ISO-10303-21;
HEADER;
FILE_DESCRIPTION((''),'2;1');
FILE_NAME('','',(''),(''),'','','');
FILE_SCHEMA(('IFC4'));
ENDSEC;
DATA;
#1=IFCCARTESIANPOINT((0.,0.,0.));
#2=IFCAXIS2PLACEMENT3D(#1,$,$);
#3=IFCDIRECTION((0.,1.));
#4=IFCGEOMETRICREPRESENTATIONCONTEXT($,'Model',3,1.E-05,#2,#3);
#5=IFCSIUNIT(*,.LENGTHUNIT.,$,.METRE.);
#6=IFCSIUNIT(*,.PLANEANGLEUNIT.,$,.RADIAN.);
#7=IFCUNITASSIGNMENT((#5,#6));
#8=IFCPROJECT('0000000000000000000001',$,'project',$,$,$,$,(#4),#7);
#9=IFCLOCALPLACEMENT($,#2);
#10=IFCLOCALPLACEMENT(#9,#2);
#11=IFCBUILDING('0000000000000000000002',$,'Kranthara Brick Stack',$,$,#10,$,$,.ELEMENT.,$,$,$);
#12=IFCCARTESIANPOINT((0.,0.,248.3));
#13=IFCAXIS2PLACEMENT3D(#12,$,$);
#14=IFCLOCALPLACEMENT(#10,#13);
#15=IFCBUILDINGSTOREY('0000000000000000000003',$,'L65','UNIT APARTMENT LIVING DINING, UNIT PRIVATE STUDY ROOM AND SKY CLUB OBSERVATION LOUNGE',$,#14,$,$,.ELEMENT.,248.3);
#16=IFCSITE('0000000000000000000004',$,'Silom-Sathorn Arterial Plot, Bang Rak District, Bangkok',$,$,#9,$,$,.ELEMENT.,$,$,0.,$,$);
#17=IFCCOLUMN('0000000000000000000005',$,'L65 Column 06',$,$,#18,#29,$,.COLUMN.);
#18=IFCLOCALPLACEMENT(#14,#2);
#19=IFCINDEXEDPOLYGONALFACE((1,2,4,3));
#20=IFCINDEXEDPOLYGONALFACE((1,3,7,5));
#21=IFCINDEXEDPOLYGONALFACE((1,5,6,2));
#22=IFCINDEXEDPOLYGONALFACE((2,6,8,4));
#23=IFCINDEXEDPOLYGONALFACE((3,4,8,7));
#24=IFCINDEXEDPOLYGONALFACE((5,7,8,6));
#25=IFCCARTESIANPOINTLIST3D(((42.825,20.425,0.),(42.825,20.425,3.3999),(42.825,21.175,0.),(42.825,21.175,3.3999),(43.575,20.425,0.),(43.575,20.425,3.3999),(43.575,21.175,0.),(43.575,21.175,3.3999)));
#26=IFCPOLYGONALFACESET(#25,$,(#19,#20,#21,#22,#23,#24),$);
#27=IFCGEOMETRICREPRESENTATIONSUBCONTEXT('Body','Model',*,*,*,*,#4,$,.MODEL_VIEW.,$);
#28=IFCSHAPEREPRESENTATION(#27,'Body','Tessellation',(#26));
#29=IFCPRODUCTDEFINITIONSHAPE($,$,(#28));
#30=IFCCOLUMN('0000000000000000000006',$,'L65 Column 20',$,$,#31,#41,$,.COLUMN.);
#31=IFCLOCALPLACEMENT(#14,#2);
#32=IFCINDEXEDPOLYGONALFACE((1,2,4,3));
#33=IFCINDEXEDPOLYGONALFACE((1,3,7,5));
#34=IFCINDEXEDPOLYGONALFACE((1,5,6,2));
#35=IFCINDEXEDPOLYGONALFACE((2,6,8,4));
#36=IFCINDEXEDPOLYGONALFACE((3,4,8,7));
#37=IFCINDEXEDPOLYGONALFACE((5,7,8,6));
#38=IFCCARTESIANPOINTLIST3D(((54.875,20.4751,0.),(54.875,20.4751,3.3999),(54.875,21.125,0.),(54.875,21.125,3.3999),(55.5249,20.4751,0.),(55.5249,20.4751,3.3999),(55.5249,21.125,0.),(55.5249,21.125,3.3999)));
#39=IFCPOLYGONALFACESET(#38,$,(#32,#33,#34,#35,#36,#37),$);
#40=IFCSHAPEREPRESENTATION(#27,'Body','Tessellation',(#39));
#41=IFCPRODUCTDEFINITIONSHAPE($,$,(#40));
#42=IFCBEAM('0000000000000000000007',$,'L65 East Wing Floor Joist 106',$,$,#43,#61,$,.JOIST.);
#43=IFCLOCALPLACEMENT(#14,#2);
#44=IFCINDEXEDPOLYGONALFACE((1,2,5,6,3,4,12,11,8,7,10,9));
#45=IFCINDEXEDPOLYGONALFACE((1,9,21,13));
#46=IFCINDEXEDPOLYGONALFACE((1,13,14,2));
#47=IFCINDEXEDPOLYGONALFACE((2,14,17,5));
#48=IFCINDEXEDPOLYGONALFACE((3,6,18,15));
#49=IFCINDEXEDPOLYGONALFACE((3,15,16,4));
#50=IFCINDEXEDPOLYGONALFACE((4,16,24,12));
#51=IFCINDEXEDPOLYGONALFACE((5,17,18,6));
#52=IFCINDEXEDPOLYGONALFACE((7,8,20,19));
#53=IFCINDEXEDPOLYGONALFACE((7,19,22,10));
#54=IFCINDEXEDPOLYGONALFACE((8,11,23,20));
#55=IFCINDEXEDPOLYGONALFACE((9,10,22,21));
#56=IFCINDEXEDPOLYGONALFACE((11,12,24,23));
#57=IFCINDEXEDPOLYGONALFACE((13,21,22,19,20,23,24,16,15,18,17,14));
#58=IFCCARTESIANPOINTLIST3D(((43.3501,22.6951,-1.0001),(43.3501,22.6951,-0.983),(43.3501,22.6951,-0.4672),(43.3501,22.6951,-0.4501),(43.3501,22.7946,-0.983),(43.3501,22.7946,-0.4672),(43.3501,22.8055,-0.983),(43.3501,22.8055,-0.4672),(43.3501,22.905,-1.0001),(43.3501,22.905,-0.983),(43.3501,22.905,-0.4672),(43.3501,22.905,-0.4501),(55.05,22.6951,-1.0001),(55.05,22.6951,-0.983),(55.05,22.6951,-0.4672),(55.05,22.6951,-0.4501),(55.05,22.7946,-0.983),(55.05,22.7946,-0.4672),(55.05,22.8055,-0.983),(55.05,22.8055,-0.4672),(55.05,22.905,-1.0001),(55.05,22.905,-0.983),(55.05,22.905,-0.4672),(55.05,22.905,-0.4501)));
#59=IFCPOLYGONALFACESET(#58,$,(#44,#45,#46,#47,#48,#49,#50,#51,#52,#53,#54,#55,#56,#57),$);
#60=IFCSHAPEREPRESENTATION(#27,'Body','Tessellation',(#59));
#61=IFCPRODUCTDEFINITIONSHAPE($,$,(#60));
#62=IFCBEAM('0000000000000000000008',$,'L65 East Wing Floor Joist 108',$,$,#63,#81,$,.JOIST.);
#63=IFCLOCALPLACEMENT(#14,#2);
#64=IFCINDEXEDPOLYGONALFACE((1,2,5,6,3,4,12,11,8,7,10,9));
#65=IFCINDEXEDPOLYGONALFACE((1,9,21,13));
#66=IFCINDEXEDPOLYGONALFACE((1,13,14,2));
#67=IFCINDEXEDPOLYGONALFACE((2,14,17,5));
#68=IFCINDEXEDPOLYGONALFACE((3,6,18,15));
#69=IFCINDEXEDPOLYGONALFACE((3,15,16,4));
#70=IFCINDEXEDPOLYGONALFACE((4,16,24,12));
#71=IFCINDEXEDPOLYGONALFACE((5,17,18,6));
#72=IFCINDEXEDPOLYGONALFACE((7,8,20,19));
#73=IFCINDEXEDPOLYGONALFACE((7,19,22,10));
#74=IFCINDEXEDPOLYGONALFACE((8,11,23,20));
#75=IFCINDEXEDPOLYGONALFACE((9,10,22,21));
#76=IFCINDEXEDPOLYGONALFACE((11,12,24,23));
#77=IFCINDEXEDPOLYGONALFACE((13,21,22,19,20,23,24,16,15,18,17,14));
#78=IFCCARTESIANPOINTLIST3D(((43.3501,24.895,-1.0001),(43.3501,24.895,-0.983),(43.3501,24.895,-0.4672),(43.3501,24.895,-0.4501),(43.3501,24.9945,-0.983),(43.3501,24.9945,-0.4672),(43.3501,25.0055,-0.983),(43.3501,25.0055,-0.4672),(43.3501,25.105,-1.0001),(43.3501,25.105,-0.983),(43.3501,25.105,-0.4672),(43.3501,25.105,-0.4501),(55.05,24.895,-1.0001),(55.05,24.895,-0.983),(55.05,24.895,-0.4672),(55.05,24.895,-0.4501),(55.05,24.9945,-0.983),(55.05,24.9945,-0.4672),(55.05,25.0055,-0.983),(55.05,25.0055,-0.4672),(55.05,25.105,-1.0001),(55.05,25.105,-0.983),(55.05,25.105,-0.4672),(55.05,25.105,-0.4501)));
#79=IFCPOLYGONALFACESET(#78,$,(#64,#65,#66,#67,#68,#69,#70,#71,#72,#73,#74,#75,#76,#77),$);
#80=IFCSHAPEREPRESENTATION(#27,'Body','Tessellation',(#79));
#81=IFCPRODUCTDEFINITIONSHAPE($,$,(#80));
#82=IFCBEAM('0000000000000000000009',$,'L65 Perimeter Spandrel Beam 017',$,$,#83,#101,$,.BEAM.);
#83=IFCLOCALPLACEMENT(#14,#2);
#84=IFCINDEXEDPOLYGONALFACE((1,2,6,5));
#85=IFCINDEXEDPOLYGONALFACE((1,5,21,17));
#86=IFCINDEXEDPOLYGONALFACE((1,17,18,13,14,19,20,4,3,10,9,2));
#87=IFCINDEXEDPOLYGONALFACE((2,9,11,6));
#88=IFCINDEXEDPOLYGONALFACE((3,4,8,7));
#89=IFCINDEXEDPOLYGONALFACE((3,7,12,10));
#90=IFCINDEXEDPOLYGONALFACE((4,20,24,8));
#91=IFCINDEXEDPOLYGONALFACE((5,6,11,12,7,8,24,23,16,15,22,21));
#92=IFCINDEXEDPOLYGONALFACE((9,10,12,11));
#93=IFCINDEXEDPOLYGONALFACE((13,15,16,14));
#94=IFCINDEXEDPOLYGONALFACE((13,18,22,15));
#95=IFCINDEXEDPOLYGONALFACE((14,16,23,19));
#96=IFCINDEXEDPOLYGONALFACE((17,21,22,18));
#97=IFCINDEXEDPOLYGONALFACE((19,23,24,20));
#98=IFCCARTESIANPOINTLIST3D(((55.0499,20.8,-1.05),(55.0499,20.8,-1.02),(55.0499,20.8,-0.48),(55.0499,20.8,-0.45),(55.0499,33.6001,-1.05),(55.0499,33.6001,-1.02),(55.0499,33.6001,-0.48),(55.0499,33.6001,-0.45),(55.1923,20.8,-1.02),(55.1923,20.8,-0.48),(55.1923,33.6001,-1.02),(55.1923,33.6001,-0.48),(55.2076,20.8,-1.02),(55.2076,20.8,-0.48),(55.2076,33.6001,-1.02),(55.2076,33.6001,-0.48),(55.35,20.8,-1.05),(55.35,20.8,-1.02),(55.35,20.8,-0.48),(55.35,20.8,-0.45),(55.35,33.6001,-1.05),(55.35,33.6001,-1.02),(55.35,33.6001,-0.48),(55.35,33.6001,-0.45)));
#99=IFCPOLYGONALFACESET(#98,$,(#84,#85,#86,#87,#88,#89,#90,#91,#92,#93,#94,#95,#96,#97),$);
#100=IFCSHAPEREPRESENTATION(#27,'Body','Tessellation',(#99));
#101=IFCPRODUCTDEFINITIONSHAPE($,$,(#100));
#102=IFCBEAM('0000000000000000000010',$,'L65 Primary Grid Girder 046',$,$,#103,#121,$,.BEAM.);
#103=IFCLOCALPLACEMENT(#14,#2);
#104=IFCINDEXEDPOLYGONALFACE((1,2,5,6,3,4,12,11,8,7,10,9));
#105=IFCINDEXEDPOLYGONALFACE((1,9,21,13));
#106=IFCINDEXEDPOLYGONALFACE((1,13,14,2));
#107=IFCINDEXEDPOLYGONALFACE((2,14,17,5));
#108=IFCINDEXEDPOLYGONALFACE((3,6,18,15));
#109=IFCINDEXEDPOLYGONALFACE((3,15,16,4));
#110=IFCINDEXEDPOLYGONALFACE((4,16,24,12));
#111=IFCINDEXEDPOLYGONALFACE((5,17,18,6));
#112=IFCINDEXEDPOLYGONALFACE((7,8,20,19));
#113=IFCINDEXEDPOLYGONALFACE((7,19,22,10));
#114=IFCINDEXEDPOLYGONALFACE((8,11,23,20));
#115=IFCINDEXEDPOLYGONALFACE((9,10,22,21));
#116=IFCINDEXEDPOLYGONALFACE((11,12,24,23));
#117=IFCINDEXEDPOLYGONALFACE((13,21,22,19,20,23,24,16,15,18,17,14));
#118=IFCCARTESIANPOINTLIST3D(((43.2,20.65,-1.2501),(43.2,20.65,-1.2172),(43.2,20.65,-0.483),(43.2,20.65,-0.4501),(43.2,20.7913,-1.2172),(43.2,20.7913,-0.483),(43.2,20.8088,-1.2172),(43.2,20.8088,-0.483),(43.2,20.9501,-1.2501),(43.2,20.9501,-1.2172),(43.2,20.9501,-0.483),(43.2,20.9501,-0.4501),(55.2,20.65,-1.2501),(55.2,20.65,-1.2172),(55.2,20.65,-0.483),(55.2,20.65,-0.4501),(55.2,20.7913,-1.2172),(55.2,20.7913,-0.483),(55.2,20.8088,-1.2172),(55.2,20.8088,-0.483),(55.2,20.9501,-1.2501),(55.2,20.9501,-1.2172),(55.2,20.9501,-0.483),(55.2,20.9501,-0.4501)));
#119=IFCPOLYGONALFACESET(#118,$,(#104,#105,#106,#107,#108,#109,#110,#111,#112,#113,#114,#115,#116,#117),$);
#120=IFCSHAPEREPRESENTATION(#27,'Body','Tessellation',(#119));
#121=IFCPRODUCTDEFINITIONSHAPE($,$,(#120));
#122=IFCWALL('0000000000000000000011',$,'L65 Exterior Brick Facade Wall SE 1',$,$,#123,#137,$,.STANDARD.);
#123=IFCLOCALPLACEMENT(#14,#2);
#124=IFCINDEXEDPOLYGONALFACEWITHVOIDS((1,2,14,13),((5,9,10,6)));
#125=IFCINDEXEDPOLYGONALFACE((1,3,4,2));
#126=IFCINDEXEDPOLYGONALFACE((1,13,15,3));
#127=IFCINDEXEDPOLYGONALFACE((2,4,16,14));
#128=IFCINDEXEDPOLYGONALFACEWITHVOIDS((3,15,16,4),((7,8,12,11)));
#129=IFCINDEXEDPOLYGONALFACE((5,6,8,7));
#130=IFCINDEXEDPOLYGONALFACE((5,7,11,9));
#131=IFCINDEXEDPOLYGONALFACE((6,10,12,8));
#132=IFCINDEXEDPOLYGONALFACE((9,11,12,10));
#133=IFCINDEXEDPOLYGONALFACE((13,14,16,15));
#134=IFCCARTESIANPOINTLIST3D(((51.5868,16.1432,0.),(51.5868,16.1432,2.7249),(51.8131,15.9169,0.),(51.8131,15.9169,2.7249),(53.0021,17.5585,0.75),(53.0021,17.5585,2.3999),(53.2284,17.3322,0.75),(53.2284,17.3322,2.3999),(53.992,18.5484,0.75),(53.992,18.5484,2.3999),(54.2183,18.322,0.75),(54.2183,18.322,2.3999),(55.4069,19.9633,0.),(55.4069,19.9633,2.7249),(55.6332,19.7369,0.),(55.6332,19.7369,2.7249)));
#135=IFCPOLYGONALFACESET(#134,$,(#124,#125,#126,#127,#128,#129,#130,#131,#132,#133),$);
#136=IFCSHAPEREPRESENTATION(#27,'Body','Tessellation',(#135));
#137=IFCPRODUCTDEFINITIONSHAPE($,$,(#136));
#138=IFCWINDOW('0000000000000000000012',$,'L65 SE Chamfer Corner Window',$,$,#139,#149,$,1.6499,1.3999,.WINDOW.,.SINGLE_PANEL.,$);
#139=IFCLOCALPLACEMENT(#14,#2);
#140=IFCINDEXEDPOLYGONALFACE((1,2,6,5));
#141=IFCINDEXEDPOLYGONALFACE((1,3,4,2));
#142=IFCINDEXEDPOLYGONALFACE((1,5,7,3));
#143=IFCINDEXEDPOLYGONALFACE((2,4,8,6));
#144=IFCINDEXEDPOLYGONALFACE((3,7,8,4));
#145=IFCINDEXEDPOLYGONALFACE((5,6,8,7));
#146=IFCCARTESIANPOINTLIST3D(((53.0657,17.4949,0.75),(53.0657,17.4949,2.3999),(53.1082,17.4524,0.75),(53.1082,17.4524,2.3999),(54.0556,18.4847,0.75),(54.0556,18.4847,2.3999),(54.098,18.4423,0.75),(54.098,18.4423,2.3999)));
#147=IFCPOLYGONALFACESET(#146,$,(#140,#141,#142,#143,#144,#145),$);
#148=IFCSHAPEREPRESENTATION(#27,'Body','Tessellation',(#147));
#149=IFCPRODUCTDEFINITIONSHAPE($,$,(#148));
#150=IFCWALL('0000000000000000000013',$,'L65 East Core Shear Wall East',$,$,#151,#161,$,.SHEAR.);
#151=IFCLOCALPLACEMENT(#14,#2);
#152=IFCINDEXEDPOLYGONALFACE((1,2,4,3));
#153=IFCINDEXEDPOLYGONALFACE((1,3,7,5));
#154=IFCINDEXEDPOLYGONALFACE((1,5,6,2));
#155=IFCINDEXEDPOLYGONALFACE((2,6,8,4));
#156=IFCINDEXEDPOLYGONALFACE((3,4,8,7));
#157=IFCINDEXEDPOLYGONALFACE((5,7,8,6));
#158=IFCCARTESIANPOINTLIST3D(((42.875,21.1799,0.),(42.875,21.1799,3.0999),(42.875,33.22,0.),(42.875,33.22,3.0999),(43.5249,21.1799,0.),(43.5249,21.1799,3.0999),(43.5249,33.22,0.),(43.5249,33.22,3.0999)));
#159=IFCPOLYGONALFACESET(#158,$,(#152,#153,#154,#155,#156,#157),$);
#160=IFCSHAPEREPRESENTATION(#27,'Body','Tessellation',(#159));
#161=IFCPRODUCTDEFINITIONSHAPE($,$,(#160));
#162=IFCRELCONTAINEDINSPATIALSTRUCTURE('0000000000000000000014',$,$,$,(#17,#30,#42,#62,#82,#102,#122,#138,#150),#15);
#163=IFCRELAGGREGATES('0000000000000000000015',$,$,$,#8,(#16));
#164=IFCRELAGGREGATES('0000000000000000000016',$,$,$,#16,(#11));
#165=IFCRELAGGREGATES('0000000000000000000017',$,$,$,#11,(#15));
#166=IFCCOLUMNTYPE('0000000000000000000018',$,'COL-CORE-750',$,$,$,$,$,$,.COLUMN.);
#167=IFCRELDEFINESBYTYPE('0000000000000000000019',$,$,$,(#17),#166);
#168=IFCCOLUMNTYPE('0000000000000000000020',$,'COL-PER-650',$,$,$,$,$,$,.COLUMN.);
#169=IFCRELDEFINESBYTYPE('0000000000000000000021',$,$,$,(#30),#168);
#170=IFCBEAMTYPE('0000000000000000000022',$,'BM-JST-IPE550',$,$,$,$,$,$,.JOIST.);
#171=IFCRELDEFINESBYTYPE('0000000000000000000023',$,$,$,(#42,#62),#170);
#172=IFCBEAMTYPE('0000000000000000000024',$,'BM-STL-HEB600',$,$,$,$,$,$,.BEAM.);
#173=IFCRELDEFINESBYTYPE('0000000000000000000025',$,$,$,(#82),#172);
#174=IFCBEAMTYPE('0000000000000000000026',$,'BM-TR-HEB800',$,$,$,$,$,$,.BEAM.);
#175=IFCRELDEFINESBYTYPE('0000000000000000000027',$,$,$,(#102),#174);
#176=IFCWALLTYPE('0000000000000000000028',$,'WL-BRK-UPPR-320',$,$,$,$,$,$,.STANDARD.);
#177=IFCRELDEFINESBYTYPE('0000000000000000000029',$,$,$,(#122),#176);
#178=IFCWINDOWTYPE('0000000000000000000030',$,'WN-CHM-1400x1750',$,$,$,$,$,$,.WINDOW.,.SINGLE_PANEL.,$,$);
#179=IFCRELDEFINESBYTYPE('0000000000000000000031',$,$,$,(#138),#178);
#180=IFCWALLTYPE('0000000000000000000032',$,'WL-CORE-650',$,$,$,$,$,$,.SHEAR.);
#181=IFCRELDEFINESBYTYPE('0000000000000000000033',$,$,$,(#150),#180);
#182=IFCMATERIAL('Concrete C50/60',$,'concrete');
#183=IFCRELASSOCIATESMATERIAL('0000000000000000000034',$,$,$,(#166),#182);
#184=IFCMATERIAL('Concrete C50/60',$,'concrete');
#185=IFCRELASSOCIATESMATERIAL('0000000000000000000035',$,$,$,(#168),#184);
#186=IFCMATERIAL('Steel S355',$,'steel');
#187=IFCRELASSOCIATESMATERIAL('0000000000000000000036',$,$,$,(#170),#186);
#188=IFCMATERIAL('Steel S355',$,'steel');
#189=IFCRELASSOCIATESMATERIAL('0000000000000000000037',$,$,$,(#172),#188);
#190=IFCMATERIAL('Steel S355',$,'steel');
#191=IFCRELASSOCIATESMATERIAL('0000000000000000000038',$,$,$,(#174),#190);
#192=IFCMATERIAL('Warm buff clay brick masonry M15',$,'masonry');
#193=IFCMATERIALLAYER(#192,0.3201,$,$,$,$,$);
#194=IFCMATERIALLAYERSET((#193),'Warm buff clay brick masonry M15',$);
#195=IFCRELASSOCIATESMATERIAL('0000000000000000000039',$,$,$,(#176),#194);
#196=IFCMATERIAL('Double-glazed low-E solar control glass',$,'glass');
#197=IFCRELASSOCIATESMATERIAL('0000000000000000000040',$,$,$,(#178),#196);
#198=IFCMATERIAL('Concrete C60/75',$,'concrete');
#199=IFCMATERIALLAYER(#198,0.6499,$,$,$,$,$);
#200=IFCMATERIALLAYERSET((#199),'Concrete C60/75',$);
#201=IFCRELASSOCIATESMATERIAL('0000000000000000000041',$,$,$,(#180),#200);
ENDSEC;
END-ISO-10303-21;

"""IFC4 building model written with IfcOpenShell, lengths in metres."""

from ifc_helpers import new_model, si_unit, direction, frame, frame_2d, origin, origin_2d, place, context, subcontext, project, spatial, rectangle, i_section, extrude, material, layer, layer_set, material_profile, profile_set, type_object, element, fill, save


model = new_model("IFC4")

# Units and contexts
model_context = context("Model", 3, precision=1e-05, world=origin(), true_north=direction((0.0, 1.0)))
body_context = subcontext(model_context, "Body", "Model", "MODEL_VIEW")
ifc_project = project(units=[si_unit("LENGTHUNIT", "METRE"), si_unit("PLANEANGLEUNIT", "RADIAN")], contexts=[model_context])

# Site, building, storey
site_placement = place(None, origin())
site = spatial("IfcSite", under=ifc_project, at=site_placement, Name="Silom-Sathorn Arterial Plot, Bang Rak District, Bangkok", CompositionType="ELEMENT", RefElevation=0.0)
building_placement = place(site_placement, origin())
building = spatial("IfcBuilding", under=site, at=building_placement, Name="Kranthara Brick Stack", CompositionType="ELEMENT")
storey_placement = place(building_placement, frame((0.0, 0.0, 248.3)))
storey = spatial("IfcBuildingStorey", under=building, at=storey_placement, Name="L65", Description="UNIT APARTMENT LIVING DINING, UNIT PRIVATE STUDY ROOM AND SKY CLUB OBSERVATION LOUNGE", CompositionType="ELEMENT", Elevation=248.3)

# Columns
ifc_material_1 = material(Name="Concrete C50/60", Category="concrete")
ifc_material_profile_1 = material_profile(ifc_material_1, rectangle(XDim=0.75, YDim=0.75, at=origin_2d()), Name="RC 750x750")
ifc_profile_set_1 = profile_set([ifc_material_profile_1], Name="Concrete C50/60")
column_type_1 = type_object("IfcColumnType", Name="COL-CORE-750", PredefinedType="COLUMN", material=ifc_profile_set_1)
column_1_placement = place(storey_placement, frame((43.2, 20.8, 0.0), z_axis=(0.0, 0.0, 1.0), x_axis=(1.0, 0.0, 0.0)))
element("IfcColumn", 1, at=column_1_placement, inside=storey, type_object=column_type_1, Name="L65 Column 06", PredefinedType="COLUMN", context=body_context, shape_type="SweptSolid", body=[
    extrude(rectangle(XDim=0.75, YDim=0.75, at=origin_2d()), origin(), (0.0, 0.0, 1.0), 3.3999),
])
ifc_material_2 = material(Name="Concrete C50/60", Category="concrete")
ifc_material_profile_2 = material_profile(ifc_material_2, rectangle(XDim=0.6499, YDim=0.6499, at=origin_2d()), Name="RC 650x650")
ifc_profile_set_2 = profile_set([ifc_material_profile_2], Name="Concrete C50/60")
column_type_2 = type_object("IfcColumnType", Name="COL-PER-650", PredefinedType="COLUMN", material=ifc_profile_set_2)
column_2_placement = place(storey_placement, frame((55.2, 20.8, 0.0), z_axis=(0.0, 0.0, 1.0), x_axis=(1.0, 0.0, 0.0)))
element("IfcColumn", 2, at=column_2_placement, inside=storey, type_object=column_type_2, Name="L65 Column 20", PredefinedType="COLUMN", context=body_context, shape_type="SweptSolid", body=[
    extrude(rectangle(XDim=0.6499, YDim=0.6499, at=origin_2d()), origin(), (0.0, 0.0, 1.0), 3.3999),
])

# Beams
ifc_material_3 = material(Name="Steel S355", Category="steel")
ifc_material_profile_3 = material_profile(ifc_material_3, i_section(OverallWidth=0.21, OverallDepth=0.55, WebThickness=0.011, FlangeThickness=0.0171, at=origin_2d()), Name="IPE 550")
ifc_profile_set_3 = profile_set([ifc_material_profile_3], Name="Steel S355")
beam_type_1 = type_object("IfcBeamType", Name="BM-JST-IPE550", PredefinedType="JOIST", material=ifc_profile_set_3)
for number, where, z_axis, x_axis, name in (
    (3, (43.3501, 22.8, -0.7251), (1.0, 0.0, 0.0), (0.0, 1.0, 0.0), "L65 East Wing Floor Joist 106"),
    (4, (43.3501, 25.0, -0.7251), (1.0, 0.0, 0.0), (0.0, 1.0, 0.0), "L65 East Wing Floor Joist 108"),
):
    element("IfcBeam", number, at=place(storey_placement, frame(where, z_axis=z_axis, x_axis=x_axis)), inside=storey, type_object=beam_type_1, Name=name, PredefinedType="JOIST", context=body_context, shape_type="SweptSolid", body=[
        extrude(i_section(OverallWidth=0.21, OverallDepth=0.55, WebThickness=0.011, FlangeThickness=0.0171, at=origin_2d()), origin(), (0.0, 0.0, 1.0), 11.7),
    ])
ifc_material_4 = material(Name="Steel S355", Category="steel")
ifc_material_profile_4 = material_profile(ifc_material_4, i_section(OverallWidth=0.3, OverallDepth=0.6001, WebThickness=0.0154, FlangeThickness=0.03, at=origin_2d()), Name="HEB 600")
ifc_profile_set_4 = profile_set([ifc_material_profile_4], Name="Steel S355")
beam_type_2 = type_object("IfcBeamType", Name="BM-STL-HEB600", PredefinedType="BEAM", material=ifc_profile_set_4)
beam_1_placement = place(storey_placement, frame((55.2, 20.8, -0.75), z_axis=(0.0, 1.0, 0.0), x_axis=(-1.0, 0.0, 0.0)))
element("IfcBeam", 5, at=beam_1_placement, inside=storey, type_object=beam_type_2, Name="L65 Perimeter Spandrel Beam 017", PredefinedType="BEAM", context=body_context, shape_type="SweptSolid", body=[
    extrude(i_section(OverallWidth=0.3, OverallDepth=0.6001, WebThickness=0.0154, FlangeThickness=0.03, at=origin_2d()), origin(), (0.0, 0.0, 1.0), 12.8),
])
ifc_material_5 = material(Name="Steel S355", Category="steel")
ifc_material_profile_5 = material_profile(ifc_material_5, i_section(OverallWidth=0.3, OverallDepth=0.8, WebThickness=0.0176, FlangeThickness=0.033, at=origin_2d()), Name="HEB 800")
ifc_profile_set_5 = profile_set([ifc_material_profile_5], Name="Steel S355")
beam_type_3 = type_object("IfcBeamType", Name="BM-TR-HEB800", PredefinedType="BEAM", material=ifc_profile_set_5)
beam_2_placement = place(storey_placement, frame((43.2, 20.8, -0.8501), z_axis=(1.0, 0.0, 0.0), x_axis=(0.0, 1.0, 0.0)))
element("IfcBeam", 6, at=beam_2_placement, inside=storey, type_object=beam_type_3, Name="L65 Primary Grid Girder 046", PredefinedType="BEAM", context=body_context, shape_type="SweptSolid", body=[
    extrude(i_section(OverallWidth=0.3, OverallDepth=0.8, WebThickness=0.0176, FlangeThickness=0.033, at=origin_2d()), origin(), (0.0, 0.0, 1.0), 12.0),
])

# Wall, opening, window
ifc_material_6 = material(Name="Warm buff clay brick masonry M15", Category="masonry")
ifc_layer_1 = layer(ifc_material_6, 0.3201)
ifc_layer_set_1 = layer_set([ifc_layer_1], Name="Warm buff clay brick masonry M15")
wall_type_1 = type_object("IfcWallType", Name="WL-BRK-UPPR-320", PredefinedType="STANDARD", material=ifc_layer_set_1)
wall_1_placement = place(storey_placement, frame((55.52, 19.8501, 0.0), z_axis=(0.0, 0.0, 1.0), x_axis=(-0.707107, -0.707107, 0.0)))
wall_1 = element("IfcWall", 7, at=wall_1_placement, inside=storey, type_object=wall_type_1, Name="L65 Exterior Brick Facade Wall SE 1", PredefinedType="STANDARD", context=body_context, shape_type="SweptSolid", body=[
    extrude(rectangle(XDim=5.4023, YDim=0.3201, at=frame_2d((2.7012, 0.0))), origin(), (0.0, 0.0, 1.0), 2.7249),
])
opening_1_placement = place(wall_1_placement, frame((2.001, 0.0, 0.75)))
opening_1 = element("IfcOpeningElement", 8, at=opening_1_placement, cuts=wall_1, PredefinedType="OPENING", context=body_context, shape_type="SweptSolid", body=[
    extrude(rectangle(XDim=1.3999, YDim=1.6499, at=frame_2d((0.7, 0.825))), frame((0.0, 0.1699, 0.0), z_axis=(0.0, -1.0, 0.0), x_axis=(1.0, 0.0, 0.0)), (0.0, 0.0, 1.0), 0.3401),
])
ifc_material_7 = material(Name="Double-glazed low-E solar control glass", Category="glass")
window_type = type_object("IfcWindowType", Name="WN-CHM-1400x1750", PartitioningType="SINGLE_PANEL", PredefinedType="WINDOW", material=ifc_material_7)
window_placement = place(opening_1_placement, origin())
window = element("IfcWindow", 9, at=window_placement, inside=storey, type_object=window_type, Name="L65 SE Chamfer Corner Window", OverallHeight=1.6499, OverallWidth=1.3999, PartitioningType="SINGLE_PANEL", PredefinedType="WINDOW", context=body_context, shape_type="SweptSolid", body=[
    extrude(rectangle(XDim=1.3999, YDim=1.6499, at=frame_2d((0.7, 0.825))), frame((0.0, -0.01, 0.0), z_axis=(0.0, -1.0, 0.0), x_axis=(1.0, 0.0, 0.0)), (0.0, 0.0, 1.0), 0.0601),
])
fill(opening_1, window)

# Wall
ifc_material_8 = material(Name="Concrete C60/75", Category="concrete")
ifc_layer_2 = layer(ifc_material_8, 0.6499)
ifc_layer_set_2 = layer_set([ifc_layer_2], Name="Concrete C60/75")
wall_type_2 = type_object("IfcWallType", Name="WL-CORE-650", PredefinedType="SHEAR", material=ifc_layer_set_2)
wall_2_placement = place(storey_placement, frame((43.2, 21.1799, 0.0), z_axis=(0.0, 0.0, 1.0), x_axis=(0.0, 1.0, 0.0)))
element("IfcWall", 10, at=wall_2_placement, inside=storey, type_object=wall_type_2, Name="L65 East Core Shear Wall East", PredefinedType="SHEAR", context=body_context, shape_type="SweptSolid", body=[
    extrude(rectangle(XDim=12.04, YDim=0.6499, at=frame_2d((6.02, 0.0))), origin(), (0.0, 0.0, 1.0), 3.0999),
])

save(model, "model.ifc")
